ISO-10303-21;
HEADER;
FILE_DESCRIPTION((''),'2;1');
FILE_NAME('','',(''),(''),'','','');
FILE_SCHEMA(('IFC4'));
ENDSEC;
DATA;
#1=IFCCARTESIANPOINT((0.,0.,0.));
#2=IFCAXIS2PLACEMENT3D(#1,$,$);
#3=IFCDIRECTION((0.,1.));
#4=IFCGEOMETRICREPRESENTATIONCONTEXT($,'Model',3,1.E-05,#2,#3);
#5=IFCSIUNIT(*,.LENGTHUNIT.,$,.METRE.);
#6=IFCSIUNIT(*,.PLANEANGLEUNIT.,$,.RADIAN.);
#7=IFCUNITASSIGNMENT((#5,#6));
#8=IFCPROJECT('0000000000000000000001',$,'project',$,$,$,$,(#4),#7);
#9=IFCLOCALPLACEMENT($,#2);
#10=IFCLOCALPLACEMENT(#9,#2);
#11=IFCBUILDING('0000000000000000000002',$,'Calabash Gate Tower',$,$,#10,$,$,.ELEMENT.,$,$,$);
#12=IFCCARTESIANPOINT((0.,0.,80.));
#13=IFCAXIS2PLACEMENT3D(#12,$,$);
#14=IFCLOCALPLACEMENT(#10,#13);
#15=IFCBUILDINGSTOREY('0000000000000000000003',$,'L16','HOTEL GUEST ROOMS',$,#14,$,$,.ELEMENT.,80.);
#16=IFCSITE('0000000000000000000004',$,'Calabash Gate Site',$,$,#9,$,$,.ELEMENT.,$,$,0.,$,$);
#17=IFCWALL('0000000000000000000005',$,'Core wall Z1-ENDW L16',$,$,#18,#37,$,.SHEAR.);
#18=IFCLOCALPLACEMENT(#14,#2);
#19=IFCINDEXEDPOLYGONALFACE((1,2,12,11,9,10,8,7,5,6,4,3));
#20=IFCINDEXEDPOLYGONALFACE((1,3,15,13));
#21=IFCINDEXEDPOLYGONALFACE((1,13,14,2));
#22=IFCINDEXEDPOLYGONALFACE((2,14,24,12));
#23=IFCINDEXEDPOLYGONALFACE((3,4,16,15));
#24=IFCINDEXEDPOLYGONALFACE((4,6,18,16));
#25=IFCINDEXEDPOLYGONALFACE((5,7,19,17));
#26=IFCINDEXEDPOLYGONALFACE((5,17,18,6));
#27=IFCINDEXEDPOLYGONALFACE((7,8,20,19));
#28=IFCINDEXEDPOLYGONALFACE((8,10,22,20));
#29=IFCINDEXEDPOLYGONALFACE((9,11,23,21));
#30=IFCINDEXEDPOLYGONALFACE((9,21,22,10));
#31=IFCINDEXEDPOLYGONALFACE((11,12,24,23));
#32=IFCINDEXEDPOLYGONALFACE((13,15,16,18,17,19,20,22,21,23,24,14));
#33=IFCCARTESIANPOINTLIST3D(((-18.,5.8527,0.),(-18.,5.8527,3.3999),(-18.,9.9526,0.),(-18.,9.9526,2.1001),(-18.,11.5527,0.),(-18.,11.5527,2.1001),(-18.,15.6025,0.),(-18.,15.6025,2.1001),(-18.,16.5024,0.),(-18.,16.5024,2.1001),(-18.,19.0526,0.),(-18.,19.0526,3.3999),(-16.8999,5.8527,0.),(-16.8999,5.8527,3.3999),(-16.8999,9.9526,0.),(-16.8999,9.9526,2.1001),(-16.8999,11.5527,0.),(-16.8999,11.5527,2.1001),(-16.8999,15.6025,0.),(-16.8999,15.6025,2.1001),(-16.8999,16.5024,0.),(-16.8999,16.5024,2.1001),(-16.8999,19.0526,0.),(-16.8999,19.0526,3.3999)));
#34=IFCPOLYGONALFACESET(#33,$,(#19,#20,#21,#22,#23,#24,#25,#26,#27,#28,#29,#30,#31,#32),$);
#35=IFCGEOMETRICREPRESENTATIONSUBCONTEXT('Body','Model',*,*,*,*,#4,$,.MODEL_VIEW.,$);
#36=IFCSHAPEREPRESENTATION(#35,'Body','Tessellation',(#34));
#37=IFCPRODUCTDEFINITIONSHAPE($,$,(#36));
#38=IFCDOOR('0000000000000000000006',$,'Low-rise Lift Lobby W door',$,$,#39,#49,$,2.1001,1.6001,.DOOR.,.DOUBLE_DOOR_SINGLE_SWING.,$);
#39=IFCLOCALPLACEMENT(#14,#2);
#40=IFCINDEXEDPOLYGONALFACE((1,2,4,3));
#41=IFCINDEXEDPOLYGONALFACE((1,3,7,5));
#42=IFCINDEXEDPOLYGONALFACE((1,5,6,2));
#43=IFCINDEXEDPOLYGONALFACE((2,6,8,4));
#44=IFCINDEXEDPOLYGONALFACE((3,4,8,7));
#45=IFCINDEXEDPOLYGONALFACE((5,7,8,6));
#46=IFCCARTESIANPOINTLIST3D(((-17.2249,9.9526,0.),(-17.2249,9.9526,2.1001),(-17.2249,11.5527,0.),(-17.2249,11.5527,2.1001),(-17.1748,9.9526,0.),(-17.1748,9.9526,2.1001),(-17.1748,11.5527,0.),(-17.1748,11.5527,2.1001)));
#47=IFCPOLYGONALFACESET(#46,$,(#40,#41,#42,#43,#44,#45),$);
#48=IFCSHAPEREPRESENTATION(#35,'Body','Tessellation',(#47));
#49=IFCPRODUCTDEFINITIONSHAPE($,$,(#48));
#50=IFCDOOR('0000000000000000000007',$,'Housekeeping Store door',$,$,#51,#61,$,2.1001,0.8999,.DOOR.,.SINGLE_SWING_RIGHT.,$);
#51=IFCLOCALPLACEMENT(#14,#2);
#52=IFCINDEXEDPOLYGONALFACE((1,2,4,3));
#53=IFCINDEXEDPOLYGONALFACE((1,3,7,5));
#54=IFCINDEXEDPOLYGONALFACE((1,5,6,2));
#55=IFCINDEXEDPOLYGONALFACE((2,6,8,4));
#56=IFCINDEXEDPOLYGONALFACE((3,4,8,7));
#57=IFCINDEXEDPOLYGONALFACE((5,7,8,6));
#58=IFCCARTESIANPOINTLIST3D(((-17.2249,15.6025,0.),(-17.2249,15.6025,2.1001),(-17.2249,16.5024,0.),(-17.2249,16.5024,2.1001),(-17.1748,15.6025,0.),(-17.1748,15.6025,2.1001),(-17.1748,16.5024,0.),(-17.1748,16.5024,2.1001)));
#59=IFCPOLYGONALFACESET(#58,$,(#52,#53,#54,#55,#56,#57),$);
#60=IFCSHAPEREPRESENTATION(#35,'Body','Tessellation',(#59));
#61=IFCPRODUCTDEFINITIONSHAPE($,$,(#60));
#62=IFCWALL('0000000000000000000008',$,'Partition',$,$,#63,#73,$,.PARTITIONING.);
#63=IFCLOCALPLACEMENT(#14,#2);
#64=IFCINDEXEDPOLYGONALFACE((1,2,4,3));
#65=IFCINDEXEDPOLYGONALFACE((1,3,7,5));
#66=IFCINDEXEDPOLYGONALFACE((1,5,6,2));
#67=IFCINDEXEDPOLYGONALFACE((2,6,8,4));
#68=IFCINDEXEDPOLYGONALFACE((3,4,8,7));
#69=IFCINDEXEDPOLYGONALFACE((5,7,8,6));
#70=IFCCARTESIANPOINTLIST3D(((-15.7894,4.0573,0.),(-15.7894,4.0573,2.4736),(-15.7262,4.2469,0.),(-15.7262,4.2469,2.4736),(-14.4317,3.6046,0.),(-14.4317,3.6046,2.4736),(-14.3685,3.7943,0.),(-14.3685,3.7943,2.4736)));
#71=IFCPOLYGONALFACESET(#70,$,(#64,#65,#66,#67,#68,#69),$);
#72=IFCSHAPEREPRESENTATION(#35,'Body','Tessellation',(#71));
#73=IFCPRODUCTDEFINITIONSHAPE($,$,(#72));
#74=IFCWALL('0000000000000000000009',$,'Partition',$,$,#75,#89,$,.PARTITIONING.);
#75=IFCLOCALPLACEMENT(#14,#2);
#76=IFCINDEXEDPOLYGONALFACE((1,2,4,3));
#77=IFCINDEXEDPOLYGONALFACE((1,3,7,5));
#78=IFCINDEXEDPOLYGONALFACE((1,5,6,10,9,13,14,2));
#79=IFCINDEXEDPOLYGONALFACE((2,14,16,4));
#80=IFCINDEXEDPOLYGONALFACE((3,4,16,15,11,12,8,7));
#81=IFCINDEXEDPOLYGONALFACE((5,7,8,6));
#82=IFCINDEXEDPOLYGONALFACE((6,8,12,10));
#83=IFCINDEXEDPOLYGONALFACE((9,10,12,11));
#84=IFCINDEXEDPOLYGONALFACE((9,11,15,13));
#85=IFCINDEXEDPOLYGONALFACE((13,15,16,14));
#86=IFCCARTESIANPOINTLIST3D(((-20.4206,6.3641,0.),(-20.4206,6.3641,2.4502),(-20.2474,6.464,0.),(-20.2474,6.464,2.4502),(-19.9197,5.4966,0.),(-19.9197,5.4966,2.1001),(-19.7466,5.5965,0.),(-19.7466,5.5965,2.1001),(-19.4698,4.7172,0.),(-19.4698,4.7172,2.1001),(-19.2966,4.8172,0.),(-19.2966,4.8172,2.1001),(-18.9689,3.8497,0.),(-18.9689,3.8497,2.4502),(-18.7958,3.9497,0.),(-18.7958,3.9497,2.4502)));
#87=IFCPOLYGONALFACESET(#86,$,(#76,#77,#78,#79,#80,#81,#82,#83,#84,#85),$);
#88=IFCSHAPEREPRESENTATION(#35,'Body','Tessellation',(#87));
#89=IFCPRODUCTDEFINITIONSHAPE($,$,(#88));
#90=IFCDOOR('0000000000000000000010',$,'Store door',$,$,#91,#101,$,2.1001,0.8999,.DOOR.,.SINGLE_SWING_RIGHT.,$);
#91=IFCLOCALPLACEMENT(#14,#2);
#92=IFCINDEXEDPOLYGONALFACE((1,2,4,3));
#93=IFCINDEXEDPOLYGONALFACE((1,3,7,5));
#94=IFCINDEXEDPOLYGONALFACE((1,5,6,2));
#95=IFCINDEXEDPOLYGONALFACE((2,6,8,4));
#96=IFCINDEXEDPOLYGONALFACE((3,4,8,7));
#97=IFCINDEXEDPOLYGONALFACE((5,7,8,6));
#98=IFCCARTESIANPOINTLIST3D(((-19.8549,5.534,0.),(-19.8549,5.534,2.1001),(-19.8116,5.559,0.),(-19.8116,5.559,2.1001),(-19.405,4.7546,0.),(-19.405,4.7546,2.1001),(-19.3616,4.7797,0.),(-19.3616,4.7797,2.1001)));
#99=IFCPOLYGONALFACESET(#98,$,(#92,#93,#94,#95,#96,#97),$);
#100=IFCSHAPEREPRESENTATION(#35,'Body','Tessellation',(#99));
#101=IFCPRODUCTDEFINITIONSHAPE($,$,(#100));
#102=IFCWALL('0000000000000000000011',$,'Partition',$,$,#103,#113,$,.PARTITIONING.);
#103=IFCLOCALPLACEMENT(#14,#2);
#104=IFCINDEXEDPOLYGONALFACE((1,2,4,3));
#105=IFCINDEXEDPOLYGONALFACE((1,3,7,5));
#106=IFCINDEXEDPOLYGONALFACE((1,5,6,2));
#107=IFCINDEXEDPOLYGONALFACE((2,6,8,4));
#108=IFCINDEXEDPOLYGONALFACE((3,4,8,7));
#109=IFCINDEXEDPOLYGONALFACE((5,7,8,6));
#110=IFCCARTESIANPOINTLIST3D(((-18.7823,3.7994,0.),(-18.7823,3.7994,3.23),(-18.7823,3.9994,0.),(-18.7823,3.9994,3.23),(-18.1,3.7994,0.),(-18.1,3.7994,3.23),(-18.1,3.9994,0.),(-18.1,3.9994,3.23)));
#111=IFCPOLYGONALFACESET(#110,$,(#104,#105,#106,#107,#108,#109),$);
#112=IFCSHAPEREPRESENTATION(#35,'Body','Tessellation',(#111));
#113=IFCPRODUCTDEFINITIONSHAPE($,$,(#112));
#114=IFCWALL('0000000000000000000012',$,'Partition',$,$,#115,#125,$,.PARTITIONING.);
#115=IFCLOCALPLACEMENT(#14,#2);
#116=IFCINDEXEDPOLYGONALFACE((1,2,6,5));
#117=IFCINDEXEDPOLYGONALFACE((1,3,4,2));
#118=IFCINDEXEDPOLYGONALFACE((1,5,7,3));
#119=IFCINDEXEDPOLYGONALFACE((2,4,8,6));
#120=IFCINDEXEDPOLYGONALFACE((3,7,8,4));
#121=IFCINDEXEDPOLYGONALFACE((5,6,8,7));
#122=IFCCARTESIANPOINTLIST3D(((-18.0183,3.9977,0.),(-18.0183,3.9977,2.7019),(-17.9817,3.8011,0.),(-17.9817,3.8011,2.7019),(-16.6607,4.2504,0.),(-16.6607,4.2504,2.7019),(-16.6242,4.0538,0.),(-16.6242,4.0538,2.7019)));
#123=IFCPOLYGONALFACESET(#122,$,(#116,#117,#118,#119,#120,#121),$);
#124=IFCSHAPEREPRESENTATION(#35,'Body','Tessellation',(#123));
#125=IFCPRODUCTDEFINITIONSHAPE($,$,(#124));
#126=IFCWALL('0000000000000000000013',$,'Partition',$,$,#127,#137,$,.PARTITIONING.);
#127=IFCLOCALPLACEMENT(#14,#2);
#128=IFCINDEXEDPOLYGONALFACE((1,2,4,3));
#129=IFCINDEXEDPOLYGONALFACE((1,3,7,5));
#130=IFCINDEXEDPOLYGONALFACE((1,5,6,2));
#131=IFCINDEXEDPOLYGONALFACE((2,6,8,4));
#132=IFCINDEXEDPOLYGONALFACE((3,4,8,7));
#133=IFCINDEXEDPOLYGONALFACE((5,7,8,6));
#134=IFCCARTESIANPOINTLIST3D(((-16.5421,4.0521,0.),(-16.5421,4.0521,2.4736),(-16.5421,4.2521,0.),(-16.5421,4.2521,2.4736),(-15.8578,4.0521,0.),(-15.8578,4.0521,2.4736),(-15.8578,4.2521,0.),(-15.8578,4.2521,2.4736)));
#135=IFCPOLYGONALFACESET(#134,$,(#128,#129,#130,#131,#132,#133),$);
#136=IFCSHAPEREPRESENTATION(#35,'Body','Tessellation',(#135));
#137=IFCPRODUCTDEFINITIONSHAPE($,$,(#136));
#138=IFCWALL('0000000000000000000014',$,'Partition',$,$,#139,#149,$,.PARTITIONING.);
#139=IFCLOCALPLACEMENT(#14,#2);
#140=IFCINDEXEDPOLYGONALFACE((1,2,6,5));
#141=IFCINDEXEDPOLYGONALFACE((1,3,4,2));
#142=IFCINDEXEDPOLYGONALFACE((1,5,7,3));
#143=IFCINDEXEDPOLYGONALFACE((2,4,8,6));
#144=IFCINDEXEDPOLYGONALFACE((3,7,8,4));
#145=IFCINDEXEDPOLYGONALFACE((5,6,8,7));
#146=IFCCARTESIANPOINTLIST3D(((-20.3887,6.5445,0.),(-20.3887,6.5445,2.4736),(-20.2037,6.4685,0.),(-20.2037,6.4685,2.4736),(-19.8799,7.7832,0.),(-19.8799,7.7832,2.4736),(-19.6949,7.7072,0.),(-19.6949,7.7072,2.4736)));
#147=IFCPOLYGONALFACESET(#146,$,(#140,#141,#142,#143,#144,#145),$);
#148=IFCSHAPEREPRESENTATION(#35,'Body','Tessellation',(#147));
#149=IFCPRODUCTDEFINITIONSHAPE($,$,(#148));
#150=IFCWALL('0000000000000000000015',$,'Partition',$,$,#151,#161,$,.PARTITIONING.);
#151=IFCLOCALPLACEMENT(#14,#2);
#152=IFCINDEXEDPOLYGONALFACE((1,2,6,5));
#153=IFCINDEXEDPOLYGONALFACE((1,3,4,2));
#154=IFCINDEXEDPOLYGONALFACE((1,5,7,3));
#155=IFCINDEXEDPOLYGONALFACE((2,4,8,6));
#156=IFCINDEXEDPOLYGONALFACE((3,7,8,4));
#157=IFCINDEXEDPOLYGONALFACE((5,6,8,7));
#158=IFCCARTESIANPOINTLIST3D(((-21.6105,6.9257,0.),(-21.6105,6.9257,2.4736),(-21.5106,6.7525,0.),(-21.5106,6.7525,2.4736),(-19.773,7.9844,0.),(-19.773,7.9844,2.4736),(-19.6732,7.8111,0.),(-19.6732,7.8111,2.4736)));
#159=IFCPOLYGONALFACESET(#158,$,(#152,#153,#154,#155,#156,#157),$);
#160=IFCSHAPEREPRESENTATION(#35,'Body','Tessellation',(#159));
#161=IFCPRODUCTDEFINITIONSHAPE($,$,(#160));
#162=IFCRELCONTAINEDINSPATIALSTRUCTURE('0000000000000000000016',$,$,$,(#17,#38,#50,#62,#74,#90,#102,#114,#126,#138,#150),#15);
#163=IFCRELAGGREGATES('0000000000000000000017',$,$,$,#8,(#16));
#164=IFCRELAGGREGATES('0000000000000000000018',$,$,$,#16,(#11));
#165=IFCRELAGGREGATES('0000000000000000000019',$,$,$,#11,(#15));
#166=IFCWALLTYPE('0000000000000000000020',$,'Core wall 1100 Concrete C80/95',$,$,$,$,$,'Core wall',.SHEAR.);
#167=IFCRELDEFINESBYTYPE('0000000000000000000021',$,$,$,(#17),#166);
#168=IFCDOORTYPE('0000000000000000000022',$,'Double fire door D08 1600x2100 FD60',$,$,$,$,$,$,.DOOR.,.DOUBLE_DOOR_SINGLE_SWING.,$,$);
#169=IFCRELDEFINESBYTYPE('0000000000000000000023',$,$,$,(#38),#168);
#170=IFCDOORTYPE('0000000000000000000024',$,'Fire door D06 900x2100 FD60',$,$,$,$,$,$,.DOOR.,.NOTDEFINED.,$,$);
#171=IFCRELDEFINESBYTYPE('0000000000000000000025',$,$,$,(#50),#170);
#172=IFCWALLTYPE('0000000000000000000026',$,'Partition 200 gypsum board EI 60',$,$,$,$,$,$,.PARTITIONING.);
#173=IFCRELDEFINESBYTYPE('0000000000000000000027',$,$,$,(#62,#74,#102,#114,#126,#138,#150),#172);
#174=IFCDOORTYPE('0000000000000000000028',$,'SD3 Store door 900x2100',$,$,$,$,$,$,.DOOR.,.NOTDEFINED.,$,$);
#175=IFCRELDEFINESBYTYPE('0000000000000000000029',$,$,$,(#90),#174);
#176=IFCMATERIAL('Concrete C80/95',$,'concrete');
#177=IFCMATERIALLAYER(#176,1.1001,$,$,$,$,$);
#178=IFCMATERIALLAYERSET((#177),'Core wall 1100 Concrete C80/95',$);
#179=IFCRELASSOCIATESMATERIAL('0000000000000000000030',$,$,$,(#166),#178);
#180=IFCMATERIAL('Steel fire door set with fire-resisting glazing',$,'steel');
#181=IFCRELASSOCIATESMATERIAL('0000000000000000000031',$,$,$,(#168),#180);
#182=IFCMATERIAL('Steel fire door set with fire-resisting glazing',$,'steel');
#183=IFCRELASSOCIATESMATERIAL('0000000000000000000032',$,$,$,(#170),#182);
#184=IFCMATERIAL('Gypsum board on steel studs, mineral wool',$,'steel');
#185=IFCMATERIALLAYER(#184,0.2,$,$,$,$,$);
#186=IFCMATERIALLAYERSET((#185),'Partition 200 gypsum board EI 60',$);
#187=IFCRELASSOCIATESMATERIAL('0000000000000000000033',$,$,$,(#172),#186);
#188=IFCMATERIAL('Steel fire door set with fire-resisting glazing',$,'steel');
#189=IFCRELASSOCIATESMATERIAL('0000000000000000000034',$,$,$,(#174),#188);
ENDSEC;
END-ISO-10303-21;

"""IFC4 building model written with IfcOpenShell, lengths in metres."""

from ifc_helpers import new_model, si_unit, direction, frame, frame_2d, origin, place, context, subcontext, project, spatial, rectangle, extrude, material, layer, layer_set, type_object, element, fill, save


model = new_model("IFC4")

# Units and contexts
model_context = context("Model", 3, precision=1e-05, world=origin(), true_north=direction((0.0, 1.0)))
body_context = subcontext(model_context, "Body", "Model", "MODEL_VIEW")
ifc_project = project(units=[si_unit("LENGTHUNIT", "METRE"), si_unit("PLANEANGLEUNIT", "RADIAN")], contexts=[model_context])

# Site, building, storey
site_placement = place(None, origin())
site = spatial("IfcSite", under=ifc_project, at=site_placement, Name="Calabash Gate Site", CompositionType="ELEMENT", RefElevation=0.0)
building_placement = place(site_placement, origin())
building = spatial("IfcBuilding", under=site, at=building_placement, Name="Calabash Gate Tower", CompositionType="ELEMENT")
storey_placement = place(building_placement, frame((0.0, 0.0, 80.0)))
storey = spatial("IfcBuildingStorey", under=building, at=storey_placement, Name="L16", Description="HOTEL GUEST ROOMS", CompositionType="ELEMENT", Elevation=80.0)

# Wall, openings, doors
ifc_material_1 = material(Name="Concrete C80/95", Category="concrete")
ifc_layer_1 = layer(ifc_material_1, 1.1001)
ifc_layer_set_1 = layer_set([ifc_layer_1], Name="Core wall 1100 Concrete C80/95")
wall_type_1 = type_object("IfcWallType", Name="Core wall 1100 Concrete C80/95", ElementType="Core wall", PredefinedType="SHEAR", material=ifc_layer_set_1)
wall_1_placement = place(storey_placement, frame((-17.45, 5.8525, 0.0), z_axis=(0.0, 0.0, 1.0), x_axis=(0.0, 1.0, 0.0)))
wall_1 = element("IfcWall", 1, at=wall_1_placement, inside=storey, type_object=wall_type_1, Name="Core wall Z1-ENDW L16", PredefinedType="SHEAR", context=body_context, shape_type="SweptSolid", body=[
    extrude(rectangle(XDim=13.2, YDim=1.1001, at=frame_2d((6.6001, 0.0))), origin(), (0.0, 0.0, 1.0), 3.3999),
])
opening_1_placement = place(wall_1_placement, frame((4.1001, 0.0, 0.0)))
opening_1 = element("IfcOpeningElement", 2, at=opening_1_placement, cuts=wall_1, PredefinedType="OPENING", context=body_context, shape_type="SweptSolid", body=[
    extrude(rectangle(XDim=1.6001, YDim=2.1001, at=frame_2d((0.8, 1.05))), frame((0.0, 0.5601, 0.0), z_axis=(0.0, -1.0, 0.0), x_axis=(1.0, 0.0, 0.0)), (0.0, 0.0, 1.0), 1.1201),
])
opening_2_placement = place(wall_1_placement, frame((9.75, 0.0, 0.0)))
opening_2 = element("IfcOpeningElement", 3, at=opening_2_placement, cuts=wall_1, PredefinedType="OPENING", context=body_context, shape_type="SweptSolid", body=[
    extrude(rectangle(XDim=0.8999, YDim=2.1001, at=frame_2d((0.45, 1.05))), frame((0.0, 0.5601, 0.0), z_axis=(0.0, -1.0, 0.0), x_axis=(1.0, 0.0, 0.0)), (0.0, 0.0, 1.0), 1.1201),
])
ifc_material_2 = material(Name="Steel fire door set with fire-resisting glazing", Category="steel")
door_type_1 = type_object("IfcDoorType", Name="Double fire door D08 1600x2100 FD60", OperationType="DOUBLE_DOOR_SINGLE_SWING", PredefinedType="DOOR", material=ifc_material_2)
door_1_placement = place(opening_1_placement, origin())
door_1 = element("IfcDoor", 4, at=door_1_placement, inside=storey, type_object=door_type_1, Name="Low-rise Lift Lobby W door", OperationType="DOUBLE_DOOR_SINGLE_SWING", OverallHeight=2.1001, OverallWidth=1.6001, PredefinedType="DOOR", context=body_context, shape_type="SweptSolid", body=[
    extrude(rectangle(XDim=1.6001, YDim=2.1001, at=frame_2d((0.8, 1.05))), frame((0.0, -0.2251, 0.0), z_axis=(0.0, -1.0, 0.0), x_axis=(1.0, 0.0, 0.0)), (0.0, 0.0, 1.0), 0.05),
])
fill(opening_1, door_1)
ifc_material_3 = material(Name="Steel fire door set with fire-resisting glazing", Category="steel")
door_type_2 = type_object("IfcDoorType", Name="Fire door D06 900x2100 FD60", OperationType="NOTDEFINED", PredefinedType="DOOR", material=ifc_material_3)
door_2_placement = place(opening_2_placement, origin())
door_2 = element("IfcDoor", 5, at=door_2_placement, inside=storey, type_object=door_type_2, Name="Housekeeping Store door", OperationType="SINGLE_SWING_RIGHT", OverallHeight=2.1001, OverallWidth=0.8999, PredefinedType="DOOR", context=body_context, shape_type="SweptSolid", body=[
    extrude(rectangle(XDim=0.8999, YDim=2.1001, at=frame_2d((0.45, 1.05))), frame((0.0, -0.2251, 0.0), z_axis=(0.0, -1.0, 0.0), x_axis=(1.0, 0.0, 0.0)), (0.0, 0.0, 1.0), 0.05),
])
fill(opening_2, door_2)

# Wall
ifc_material_4 = material(Name="Gypsum board on steel studs, mineral wool", Category="steel")
ifc_layer_2 = layer(ifc_material_4, 0.2)
ifc_layer_set_2 = layer_set([ifc_layer_2], Name="Partition 200 gypsum board EI 60")
wall_type_2 = type_object("IfcWallType", Name="Partition 200 gypsum board EI 60", PredefinedType="PARTITIONING", material=ifc_layer_set_2)
wall_2_placement = place(storey_placement, frame((-15.7578, 4.1521, 0.0), z_axis=(0.0, 0.0, 1.0), x_axis=(0.948666, -0.316279, 0.0)))
element("IfcWall", 6, at=wall_2_placement, inside=storey, type_object=wall_type_2, Name="Partition", PredefinedType="PARTITIONING", context=body_context, shape_type="SweptSolid", body=[
    extrude(rectangle(XDim=1.4312, YDim=0.2, at=frame_2d((0.7156, 0.0))), origin(), (0.0, 0.0, 1.0), 2.4736),
])

# Wall, opening, door
wall_3_placement = place(storey_placement, frame((-20.334, 6.4141, 0.0), z_axis=(0.0, 0.0, 1.0), x_axis=(0.499992, -0.86603, 0.0)))
wall_3 = element("IfcWall", 7, at=wall_3_placement, inside=storey, type_object=wall_type_2, Name="Partition", PredefinedType="PARTITIONING", context=body_context, shape_type="SweptSolid", body=[
    extrude(rectangle(XDim=2.9033, YDim=0.2, at=frame_2d((1.4517, 0.0))), origin(), (0.0, 0.0, 1.0), 2.4502),
])
opening_3_placement = place(wall_3_placement, frame((1.0017, 0.0, 0.0)))
opening_3 = element("IfcOpeningElement", 8, at=opening_3_placement, cuts=wall_3, PredefinedType="OPENING", context=body_context, shape_type="SweptSolid", body=[
    extrude(rectangle(XDim=0.8999, YDim=2.1001, at=frame_2d((0.45, 1.05))), frame((0.0, 0.1099, 0.0), z_axis=(0.0, -1.0, 0.0), x_axis=(1.0, 0.0, 0.0)), (0.0, 0.0, 1.0), 0.22),
])
ifc_material_5 = material(Name="Steel fire door set with fire-resisting glazing", Category="steel")
door_type_3 = type_object("IfcDoorType", Name="SD3 Store door 900x2100", OperationType="NOTDEFINED", PredefinedType="DOOR", material=ifc_material_5)
door_3_placement = place(opening_3_placement, origin())
door_3 = element("IfcDoor", 9, at=door_3_placement, inside=storey, type_object=door_type_3, Name="Store door", OperationType="SINGLE_SWING_RIGHT", OverallHeight=2.1001, OverallWidth=0.8999, PredefinedType="DOOR", context=body_context, shape_type="SweptSolid", body=[
    extrude(rectangle(XDim=0.8999, YDim=2.1001, at=frame_2d((0.45, 1.05))), frame((0.0, 0.0249, 0.0), z_axis=(0.0, -1.0, 0.0), x_axis=(1.0, 0.0, 0.0)), (0.0, 0.0, 1.0), 0.05),
])
fill(opening_3, door_3)

# Walls
wall_4_placement = place(storey_placement, frame((-18.7825, 3.8994, 0.0), z_axis=(0.0, 0.0, 1.0), x_axis=(1.0, 0.0, 0.0)))
element("IfcWall", 10, at=wall_4_placement, inside=storey, type_object=wall_type_2, Name="Partition", PredefinedType="PARTITIONING", context=body_context, shape_type="SweptSolid", body=[
    extrude(rectangle(XDim=0.6824, YDim=0.2, at=frame_2d((0.3413, 0.0))), origin(), (0.0, 0.0, 1.0), 3.23),
])
wall_5_placement = place(storey_placement, frame((-18.0, 3.8994, 0.0), z_axis=(0.0, 0.0, 1.0), x_axis=(0.983117, 0.182975, 0.0)))
element("IfcWall", 11, at=wall_5_placement, inside=storey, type_object=wall_type_2, Name="Partition", PredefinedType="PARTITIONING", context=body_context, shape_type="SweptSolid", body=[
    extrude(rectangle(XDim=1.3809, YDim=0.2, at=frame_2d((0.6904, 0.0))), origin(), (0.0, 0.0, 1.0), 2.7019),
])
wall_6_placement = place(storey_placement, frame((-16.5422, 4.1521, 0.0), z_axis=(0.0, 0.0, 1.0), x_axis=(1.0, 0.0, 0.0)))
element("IfcWall", 12, at=wall_6_placement, inside=storey, type_object=wall_type_2, Name="Partition", PredefinedType="PARTITIONING", context=body_context, shape_type="SweptSolid", body=[
    extrude(rectangle(XDim=0.6843, YDim=0.2, at=frame_2d((0.3423, 0.0))), origin(), (0.0, 0.0, 1.0), 2.4736),
])
wall_7_placement = place(storey_placement, frame((-20.2961, 6.5066, 0.0), z_axis=(0.0, 0.0, 1.0), x_axis=(0.379924, 0.925018, 0.0)))
element("IfcWall", 13, at=wall_7_placement, inside=storey, type_object=wall_type_2, Name="Partition", PredefinedType="PARTITIONING", context=body_context, shape_type="SweptSolid", body=[
    extrude(rectangle(XDim=1.3391, YDim=0.2, at=frame_2d((0.6694, 0.0))), origin(), (0.0, 0.0, 1.0), 2.4736),
])
wall_8_placement = place(storey_placement, frame((-21.5605, 6.8391, 0.0), z_axis=(0.0, 0.0, 1.0), x_axis=(0.866481, 0.499211, 0.0)))
element("IfcWall", 14, at=wall_8_placement, inside=storey, type_object=wall_type_2, Name="Partition", PredefinedType="PARTITIONING", context=body_context, shape_type="SweptSolid", body=[
    extrude(rectangle(XDim=2.1206, YDim=0.2, at=frame_2d((1.0603, 0.0))), origin(), (0.0, 0.0, 1.0), 2.4736),
])

save(model, "model.ifc")
